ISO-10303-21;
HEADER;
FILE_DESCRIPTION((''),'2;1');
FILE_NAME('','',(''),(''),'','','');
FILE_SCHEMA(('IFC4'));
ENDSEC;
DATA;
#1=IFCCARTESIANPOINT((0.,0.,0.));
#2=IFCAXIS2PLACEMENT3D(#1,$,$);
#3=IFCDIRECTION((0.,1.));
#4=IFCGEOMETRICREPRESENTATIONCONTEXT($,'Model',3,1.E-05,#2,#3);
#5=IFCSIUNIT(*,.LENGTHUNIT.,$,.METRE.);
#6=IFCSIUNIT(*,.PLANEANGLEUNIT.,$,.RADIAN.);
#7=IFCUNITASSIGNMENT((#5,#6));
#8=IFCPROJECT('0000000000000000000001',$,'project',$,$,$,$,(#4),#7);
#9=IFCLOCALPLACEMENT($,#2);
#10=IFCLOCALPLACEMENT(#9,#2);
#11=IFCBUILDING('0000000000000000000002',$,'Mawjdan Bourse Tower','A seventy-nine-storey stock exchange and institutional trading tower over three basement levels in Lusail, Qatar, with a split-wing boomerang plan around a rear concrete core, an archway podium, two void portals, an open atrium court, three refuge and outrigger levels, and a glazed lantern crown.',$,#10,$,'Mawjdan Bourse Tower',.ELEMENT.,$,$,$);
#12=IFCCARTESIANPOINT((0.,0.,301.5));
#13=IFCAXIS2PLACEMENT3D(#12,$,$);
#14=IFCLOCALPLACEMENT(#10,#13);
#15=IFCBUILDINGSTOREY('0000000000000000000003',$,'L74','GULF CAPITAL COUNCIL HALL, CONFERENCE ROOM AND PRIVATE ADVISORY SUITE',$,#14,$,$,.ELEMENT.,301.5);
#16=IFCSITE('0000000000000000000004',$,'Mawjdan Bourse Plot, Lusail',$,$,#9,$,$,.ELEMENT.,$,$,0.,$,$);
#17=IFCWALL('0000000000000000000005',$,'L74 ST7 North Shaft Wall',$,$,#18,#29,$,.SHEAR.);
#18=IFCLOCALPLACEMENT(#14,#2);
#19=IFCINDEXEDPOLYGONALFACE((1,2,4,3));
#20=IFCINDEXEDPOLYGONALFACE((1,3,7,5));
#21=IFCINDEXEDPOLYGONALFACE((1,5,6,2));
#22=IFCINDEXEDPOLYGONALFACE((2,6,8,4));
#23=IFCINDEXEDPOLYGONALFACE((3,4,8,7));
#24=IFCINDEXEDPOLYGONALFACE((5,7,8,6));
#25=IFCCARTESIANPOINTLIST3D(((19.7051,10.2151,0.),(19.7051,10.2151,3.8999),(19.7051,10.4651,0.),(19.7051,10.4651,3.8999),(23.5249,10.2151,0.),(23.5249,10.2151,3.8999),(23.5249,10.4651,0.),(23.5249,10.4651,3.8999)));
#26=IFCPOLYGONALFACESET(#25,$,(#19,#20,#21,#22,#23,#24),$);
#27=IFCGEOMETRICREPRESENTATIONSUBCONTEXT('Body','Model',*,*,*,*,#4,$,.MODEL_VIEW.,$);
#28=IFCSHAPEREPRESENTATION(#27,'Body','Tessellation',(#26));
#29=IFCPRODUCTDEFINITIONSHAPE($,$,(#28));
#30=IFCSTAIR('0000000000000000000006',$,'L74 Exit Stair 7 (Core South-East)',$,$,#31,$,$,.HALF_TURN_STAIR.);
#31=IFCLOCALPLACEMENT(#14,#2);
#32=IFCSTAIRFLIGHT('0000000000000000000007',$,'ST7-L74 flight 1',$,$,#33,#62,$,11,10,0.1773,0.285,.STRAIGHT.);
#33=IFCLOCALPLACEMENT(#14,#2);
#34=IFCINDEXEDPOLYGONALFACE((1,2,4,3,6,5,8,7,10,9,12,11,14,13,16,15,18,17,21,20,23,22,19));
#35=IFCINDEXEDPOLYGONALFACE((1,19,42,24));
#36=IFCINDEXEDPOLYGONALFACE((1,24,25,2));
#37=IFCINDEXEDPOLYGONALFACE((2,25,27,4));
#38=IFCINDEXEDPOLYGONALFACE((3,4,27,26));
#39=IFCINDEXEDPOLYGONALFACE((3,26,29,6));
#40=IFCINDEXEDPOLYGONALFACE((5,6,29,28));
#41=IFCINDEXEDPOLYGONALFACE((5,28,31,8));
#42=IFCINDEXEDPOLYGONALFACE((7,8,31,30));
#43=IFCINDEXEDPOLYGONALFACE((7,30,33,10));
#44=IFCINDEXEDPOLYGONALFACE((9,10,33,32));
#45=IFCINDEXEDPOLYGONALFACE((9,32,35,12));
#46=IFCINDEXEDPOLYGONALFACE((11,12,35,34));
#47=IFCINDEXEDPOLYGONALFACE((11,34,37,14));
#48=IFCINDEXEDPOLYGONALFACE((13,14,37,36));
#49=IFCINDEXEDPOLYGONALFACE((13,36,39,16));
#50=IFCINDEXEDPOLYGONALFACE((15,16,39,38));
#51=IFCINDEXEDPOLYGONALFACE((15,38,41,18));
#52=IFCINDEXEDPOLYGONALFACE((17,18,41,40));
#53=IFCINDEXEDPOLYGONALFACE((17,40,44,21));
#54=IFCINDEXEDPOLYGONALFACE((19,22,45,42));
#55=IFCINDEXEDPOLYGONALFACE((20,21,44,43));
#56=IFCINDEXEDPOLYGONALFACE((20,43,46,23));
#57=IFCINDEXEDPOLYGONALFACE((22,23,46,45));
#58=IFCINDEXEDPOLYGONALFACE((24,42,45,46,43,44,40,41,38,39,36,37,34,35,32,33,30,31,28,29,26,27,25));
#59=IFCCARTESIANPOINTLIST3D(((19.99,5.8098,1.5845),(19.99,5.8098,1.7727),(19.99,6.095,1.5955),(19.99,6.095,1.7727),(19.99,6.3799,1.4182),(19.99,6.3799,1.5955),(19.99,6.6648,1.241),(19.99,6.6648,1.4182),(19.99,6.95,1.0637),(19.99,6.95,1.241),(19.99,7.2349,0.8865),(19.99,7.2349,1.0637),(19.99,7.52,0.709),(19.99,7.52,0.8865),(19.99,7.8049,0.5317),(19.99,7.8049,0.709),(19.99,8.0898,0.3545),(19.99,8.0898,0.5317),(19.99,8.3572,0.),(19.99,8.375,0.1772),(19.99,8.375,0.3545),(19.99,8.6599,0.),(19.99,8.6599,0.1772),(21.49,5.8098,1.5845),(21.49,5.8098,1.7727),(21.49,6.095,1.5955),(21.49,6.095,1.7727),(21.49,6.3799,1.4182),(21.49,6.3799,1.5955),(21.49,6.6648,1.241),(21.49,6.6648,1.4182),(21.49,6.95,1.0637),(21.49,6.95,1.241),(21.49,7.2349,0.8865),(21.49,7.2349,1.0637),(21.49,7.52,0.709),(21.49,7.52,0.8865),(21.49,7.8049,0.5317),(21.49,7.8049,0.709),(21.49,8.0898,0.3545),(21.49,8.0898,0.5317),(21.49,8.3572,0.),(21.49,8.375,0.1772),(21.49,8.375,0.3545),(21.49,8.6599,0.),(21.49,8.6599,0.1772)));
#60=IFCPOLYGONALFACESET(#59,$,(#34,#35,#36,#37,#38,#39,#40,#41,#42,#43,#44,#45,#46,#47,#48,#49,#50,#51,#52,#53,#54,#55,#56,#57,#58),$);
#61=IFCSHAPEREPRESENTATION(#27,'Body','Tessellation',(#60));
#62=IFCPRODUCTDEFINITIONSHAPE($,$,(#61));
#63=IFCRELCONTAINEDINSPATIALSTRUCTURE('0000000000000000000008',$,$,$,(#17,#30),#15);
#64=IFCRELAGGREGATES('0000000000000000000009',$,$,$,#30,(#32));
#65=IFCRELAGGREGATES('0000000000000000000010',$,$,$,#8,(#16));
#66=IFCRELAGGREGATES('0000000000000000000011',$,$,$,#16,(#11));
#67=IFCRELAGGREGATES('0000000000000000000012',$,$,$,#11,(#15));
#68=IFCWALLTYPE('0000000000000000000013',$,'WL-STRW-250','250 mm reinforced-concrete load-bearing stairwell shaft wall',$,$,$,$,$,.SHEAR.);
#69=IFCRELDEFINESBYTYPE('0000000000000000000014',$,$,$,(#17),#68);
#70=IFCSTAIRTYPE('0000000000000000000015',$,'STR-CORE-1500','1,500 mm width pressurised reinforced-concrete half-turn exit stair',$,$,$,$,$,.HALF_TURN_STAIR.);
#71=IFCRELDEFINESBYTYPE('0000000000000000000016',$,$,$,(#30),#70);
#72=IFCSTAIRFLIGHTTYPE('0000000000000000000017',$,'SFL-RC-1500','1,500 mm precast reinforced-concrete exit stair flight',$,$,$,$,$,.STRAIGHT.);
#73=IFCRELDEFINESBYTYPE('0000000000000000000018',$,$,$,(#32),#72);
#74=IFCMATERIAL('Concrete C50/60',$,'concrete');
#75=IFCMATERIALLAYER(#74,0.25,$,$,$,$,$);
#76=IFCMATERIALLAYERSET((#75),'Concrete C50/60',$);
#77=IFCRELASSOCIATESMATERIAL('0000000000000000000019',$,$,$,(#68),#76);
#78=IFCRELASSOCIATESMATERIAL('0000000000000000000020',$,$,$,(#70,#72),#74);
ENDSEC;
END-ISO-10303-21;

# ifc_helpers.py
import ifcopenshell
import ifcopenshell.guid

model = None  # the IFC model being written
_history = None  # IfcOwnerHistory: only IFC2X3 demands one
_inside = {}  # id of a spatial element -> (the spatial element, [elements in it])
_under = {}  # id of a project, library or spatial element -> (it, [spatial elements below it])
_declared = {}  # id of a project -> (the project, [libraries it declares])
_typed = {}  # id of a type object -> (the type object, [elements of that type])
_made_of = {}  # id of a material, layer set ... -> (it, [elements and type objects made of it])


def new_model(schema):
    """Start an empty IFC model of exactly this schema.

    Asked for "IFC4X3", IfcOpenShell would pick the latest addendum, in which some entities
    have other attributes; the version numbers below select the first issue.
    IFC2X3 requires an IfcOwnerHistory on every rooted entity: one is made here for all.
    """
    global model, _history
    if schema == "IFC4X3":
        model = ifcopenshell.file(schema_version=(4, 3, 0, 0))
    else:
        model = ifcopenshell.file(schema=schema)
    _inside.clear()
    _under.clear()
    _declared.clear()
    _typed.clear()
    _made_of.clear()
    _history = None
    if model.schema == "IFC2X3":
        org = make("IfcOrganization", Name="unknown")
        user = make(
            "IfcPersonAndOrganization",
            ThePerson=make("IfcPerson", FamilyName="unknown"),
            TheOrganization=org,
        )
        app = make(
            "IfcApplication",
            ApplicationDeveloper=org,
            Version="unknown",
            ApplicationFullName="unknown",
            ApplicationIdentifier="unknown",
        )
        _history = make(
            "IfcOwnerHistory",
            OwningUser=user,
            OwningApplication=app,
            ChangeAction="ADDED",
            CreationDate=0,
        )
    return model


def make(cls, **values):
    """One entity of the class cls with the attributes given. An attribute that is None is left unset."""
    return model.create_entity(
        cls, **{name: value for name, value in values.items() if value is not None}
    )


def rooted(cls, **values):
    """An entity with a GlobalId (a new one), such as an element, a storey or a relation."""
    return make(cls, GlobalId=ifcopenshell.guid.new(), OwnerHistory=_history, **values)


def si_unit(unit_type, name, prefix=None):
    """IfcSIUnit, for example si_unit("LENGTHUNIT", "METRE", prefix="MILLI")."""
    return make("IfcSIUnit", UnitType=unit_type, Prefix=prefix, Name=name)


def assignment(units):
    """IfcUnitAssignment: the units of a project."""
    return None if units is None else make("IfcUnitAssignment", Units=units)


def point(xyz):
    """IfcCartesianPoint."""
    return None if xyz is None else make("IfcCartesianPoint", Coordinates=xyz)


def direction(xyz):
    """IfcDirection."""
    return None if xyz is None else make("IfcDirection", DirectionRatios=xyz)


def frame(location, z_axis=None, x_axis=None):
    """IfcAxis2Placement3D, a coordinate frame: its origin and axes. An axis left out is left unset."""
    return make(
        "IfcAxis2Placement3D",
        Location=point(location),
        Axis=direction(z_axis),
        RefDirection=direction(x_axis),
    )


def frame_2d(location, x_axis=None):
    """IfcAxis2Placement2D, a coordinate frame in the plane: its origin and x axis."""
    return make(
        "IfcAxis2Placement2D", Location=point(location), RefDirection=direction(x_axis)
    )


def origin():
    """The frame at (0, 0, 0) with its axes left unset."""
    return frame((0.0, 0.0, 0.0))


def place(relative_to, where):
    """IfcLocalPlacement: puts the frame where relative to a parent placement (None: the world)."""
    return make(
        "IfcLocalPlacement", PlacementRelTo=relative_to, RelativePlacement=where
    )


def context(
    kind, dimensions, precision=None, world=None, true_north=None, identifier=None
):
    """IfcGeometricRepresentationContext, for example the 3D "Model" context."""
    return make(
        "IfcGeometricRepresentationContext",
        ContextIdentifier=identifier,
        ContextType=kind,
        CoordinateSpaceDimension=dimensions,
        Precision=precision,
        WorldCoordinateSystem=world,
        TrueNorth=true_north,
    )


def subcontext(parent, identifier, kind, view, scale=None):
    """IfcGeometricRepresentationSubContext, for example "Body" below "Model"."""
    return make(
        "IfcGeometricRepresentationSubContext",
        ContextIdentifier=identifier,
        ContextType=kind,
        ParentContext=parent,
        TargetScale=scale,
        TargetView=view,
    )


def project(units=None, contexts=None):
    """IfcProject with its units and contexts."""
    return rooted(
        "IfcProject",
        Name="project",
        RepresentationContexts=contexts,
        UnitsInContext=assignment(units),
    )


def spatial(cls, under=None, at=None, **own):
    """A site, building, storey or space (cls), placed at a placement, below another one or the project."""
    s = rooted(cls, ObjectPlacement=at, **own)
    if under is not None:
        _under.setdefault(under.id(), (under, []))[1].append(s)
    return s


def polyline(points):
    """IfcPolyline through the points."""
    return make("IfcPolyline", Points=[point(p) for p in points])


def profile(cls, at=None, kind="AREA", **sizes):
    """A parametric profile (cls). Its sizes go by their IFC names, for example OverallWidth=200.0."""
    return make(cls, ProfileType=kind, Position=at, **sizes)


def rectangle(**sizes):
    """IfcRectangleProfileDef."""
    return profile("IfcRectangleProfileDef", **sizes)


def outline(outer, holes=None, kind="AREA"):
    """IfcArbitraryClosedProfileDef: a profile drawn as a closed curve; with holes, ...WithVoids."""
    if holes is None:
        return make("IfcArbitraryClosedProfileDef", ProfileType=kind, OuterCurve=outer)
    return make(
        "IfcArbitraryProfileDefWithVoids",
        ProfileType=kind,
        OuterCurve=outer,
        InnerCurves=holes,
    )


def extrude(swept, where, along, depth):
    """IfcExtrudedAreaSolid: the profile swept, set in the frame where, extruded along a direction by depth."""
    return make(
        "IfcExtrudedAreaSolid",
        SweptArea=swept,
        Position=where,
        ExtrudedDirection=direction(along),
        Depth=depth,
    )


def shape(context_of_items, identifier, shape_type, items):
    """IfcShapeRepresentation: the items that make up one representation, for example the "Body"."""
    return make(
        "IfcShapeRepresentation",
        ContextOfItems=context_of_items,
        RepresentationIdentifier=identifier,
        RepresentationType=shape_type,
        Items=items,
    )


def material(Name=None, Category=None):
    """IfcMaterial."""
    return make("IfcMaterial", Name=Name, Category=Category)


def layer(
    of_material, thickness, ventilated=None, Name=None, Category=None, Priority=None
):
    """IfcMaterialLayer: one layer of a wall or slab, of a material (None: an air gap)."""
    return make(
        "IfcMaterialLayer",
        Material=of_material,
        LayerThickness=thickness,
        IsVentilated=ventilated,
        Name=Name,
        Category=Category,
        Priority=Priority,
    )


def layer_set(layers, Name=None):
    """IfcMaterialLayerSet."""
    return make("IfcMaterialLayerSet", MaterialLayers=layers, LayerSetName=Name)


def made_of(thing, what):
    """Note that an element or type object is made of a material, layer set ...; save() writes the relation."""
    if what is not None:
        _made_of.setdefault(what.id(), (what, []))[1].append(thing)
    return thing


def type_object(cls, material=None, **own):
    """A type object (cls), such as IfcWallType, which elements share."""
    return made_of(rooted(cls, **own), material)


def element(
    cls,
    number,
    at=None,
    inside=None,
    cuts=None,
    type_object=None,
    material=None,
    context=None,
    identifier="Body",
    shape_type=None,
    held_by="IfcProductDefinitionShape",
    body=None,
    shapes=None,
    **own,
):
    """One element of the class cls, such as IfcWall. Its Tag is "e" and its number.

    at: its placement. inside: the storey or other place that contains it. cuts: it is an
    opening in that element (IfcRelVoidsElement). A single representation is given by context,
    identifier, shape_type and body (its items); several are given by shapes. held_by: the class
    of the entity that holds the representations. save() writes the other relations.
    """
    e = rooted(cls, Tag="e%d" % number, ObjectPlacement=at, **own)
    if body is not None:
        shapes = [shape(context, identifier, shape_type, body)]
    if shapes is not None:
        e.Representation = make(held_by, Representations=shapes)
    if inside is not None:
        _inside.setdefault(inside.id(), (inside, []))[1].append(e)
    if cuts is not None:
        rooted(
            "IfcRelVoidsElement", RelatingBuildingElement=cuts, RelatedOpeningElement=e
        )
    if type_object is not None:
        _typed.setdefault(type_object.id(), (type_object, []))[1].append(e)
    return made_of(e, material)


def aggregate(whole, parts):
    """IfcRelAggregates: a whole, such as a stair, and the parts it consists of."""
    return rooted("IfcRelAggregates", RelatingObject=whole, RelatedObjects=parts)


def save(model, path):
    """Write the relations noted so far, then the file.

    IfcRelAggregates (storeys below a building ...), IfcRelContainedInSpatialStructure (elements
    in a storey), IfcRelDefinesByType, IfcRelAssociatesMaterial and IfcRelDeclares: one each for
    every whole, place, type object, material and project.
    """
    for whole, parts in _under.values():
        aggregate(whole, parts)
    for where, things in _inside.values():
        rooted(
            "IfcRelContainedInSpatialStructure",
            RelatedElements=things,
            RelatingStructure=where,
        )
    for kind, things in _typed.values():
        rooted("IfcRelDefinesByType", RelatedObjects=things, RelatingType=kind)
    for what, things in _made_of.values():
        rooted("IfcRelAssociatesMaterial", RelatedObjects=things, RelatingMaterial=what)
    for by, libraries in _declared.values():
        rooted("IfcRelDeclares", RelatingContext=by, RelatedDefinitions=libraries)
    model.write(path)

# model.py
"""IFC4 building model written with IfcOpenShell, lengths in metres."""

from ifc_helpers import new_model, si_unit, direction, frame, frame_2d, origin, place, context, subcontext, project, spatial, polyline, rectangle, outline, extrude, material, layer, layer_set, type_object, element, aggregate, save


model = new_model("IFC4")

# Units and contexts
model_context = context("Model", 3, precision=1e-05, world=origin(), true_north=direction((0.0, 1.0)))
body_context = subcontext(model_context, "Body", "Model", "MODEL_VIEW")
ifc_project = project(units=[si_unit("LENGTHUNIT", "METRE"), si_unit("PLANEANGLEUNIT", "RADIAN")], contexts=[model_context])

# Site, building, storey
site_placement = place(None, origin())
site = spatial("IfcSite", under=ifc_project, at=site_placement, Name="Mawjdan Bourse Plot, Lusail", CompositionType="ELEMENT", RefElevation=0.0)
building_placement = place(site_placement, origin())
building = spatial("IfcBuilding", under=site, at=building_placement, Name="Mawjdan Bourse Tower", Description="A seventy-nine-storey stock exchange and institutional trading tower over three basement levels in Lusail, Qatar, with a split-wing boomerang plan around a rear concrete core, an archway podium, two void portals, an open atrium court, three refuge and outrigger levels, and a glazed lantern crown.", LongName="Mawjdan Bourse Tower", CompositionType="ELEMENT")
storey_placement = place(building_placement, frame((0.0, 0.0, 301.5)))
storey = spatial("IfcBuildingStorey", under=building, at=storey_placement, Name="L74", Description="GULF CAPITAL COUNCIL HALL, CONFERENCE ROOM AND PRIVATE ADVISORY SUITE", CompositionType="ELEMENT", Elevation=301.5)

# Shared definitions
ifc_material_1 = material(Name="Concrete C50/60", Category="concrete")

# Wall
ifc_layer_1 = layer(ifc_material_1, 0.25)
ifc_layer_set_1 = layer_set([ifc_layer_1], Name="Concrete C50/60")
wall_type_1 = type_object("IfcWallType", Name="WL-STRW-250", Description="250 mm reinforced-concrete load-bearing stairwell shaft wall", PredefinedType="SHEAR", material=ifc_layer_set_1)
wall_1_placement = place(storey_placement, frame((19.7051, 10.3401, 0.0), z_axis=(0.0, 0.0, 1.0), x_axis=(1.0, 0.0, 0.0)))
element("IfcWall", 1, at=wall_1_placement, inside=storey, type_object=wall_type_1, Name="L74 ST7 North Shaft Wall", PredefinedType="SHEAR", context=body_context, shape_type="SweptSolid", body=[
    extrude(rectangle(XDim=3.8198, YDim=0.25, at=frame_2d((1.9099, 0.0))), origin(), (0.0, 0.0, 1.0), 3.8999),
])

# Stair, stair flight
stair_type = type_object("IfcStairType", Name="STR-CORE-1500", Description="1,500 mm width pressurised reinforced-concrete half-turn exit stair", PredefinedType="HALF_TURN_STAIR", material=ifc_material_1)
stair_placement = place(storey_placement, origin())
stair = element("IfcStair", 2, at=stair_placement, inside=storey, type_object=stair_type, Name="L74 Exit Stair 7 (Core South-East)", PredefinedType="HALF_TURN_STAIR")
stair_flight_type = type_object("IfcStairFlightType", Name="SFL-RC-1500", Description="1,500 mm precast reinforced-concrete exit stair flight", PredefinedType="STRAIGHT", material=ifc_material_1)
stair_flight_placement = place(storey_placement, frame((20.74, 8.6599, 0.0), z_axis=(0.0, 0.0, 1.0), x_axis=(0.0, -1.0, 0.0)))
stair_flight = element("IfcStairFlight", 3, at=stair_flight_placement, type_object=stair_flight_type, Name="ST7-L74 flight 1", NumberOfRisers=11, NumberOfTreads=10, PredefinedType="STRAIGHT", RiserHeight=0.1773, TreadLength=0.285, context=body_context, shape_type="SweptSolid", body=[
    extrude(outline(polyline([(0.0, 0.0), (0.0, 0.1772), (0.2849, 0.1772), (0.2849, 0.3545), (0.5701, 0.3545), (0.5701, 0.5317), (0.855, 0.5317), (0.855, 0.709), (1.1399, 0.709), (1.1399, 0.8865), (1.425, 0.8865), (1.425, 1.0637), (1.71, 1.0637), (1.71, 1.241), (1.9951, 1.241), (1.9951, 1.4182), (2.28, 1.4182), (2.28, 1.5955), (2.5649, 1.5955), (2.5649, 1.7727), (2.8501, 1.7727), (2.8501, 1.95), (2.8501, 1.5845), (0.3027, 0.0), (0.0, 0.0)])), frame((0.0, 0.75, 0.0), z_axis=(0.0, -1.0, 0.0), x_axis=(1.0, 0.0, 0.0)), (0.0, 0.0, 1.0), 1.5),
])
aggregate(stair, [stair_flight])

save(model, "model.ifc")
